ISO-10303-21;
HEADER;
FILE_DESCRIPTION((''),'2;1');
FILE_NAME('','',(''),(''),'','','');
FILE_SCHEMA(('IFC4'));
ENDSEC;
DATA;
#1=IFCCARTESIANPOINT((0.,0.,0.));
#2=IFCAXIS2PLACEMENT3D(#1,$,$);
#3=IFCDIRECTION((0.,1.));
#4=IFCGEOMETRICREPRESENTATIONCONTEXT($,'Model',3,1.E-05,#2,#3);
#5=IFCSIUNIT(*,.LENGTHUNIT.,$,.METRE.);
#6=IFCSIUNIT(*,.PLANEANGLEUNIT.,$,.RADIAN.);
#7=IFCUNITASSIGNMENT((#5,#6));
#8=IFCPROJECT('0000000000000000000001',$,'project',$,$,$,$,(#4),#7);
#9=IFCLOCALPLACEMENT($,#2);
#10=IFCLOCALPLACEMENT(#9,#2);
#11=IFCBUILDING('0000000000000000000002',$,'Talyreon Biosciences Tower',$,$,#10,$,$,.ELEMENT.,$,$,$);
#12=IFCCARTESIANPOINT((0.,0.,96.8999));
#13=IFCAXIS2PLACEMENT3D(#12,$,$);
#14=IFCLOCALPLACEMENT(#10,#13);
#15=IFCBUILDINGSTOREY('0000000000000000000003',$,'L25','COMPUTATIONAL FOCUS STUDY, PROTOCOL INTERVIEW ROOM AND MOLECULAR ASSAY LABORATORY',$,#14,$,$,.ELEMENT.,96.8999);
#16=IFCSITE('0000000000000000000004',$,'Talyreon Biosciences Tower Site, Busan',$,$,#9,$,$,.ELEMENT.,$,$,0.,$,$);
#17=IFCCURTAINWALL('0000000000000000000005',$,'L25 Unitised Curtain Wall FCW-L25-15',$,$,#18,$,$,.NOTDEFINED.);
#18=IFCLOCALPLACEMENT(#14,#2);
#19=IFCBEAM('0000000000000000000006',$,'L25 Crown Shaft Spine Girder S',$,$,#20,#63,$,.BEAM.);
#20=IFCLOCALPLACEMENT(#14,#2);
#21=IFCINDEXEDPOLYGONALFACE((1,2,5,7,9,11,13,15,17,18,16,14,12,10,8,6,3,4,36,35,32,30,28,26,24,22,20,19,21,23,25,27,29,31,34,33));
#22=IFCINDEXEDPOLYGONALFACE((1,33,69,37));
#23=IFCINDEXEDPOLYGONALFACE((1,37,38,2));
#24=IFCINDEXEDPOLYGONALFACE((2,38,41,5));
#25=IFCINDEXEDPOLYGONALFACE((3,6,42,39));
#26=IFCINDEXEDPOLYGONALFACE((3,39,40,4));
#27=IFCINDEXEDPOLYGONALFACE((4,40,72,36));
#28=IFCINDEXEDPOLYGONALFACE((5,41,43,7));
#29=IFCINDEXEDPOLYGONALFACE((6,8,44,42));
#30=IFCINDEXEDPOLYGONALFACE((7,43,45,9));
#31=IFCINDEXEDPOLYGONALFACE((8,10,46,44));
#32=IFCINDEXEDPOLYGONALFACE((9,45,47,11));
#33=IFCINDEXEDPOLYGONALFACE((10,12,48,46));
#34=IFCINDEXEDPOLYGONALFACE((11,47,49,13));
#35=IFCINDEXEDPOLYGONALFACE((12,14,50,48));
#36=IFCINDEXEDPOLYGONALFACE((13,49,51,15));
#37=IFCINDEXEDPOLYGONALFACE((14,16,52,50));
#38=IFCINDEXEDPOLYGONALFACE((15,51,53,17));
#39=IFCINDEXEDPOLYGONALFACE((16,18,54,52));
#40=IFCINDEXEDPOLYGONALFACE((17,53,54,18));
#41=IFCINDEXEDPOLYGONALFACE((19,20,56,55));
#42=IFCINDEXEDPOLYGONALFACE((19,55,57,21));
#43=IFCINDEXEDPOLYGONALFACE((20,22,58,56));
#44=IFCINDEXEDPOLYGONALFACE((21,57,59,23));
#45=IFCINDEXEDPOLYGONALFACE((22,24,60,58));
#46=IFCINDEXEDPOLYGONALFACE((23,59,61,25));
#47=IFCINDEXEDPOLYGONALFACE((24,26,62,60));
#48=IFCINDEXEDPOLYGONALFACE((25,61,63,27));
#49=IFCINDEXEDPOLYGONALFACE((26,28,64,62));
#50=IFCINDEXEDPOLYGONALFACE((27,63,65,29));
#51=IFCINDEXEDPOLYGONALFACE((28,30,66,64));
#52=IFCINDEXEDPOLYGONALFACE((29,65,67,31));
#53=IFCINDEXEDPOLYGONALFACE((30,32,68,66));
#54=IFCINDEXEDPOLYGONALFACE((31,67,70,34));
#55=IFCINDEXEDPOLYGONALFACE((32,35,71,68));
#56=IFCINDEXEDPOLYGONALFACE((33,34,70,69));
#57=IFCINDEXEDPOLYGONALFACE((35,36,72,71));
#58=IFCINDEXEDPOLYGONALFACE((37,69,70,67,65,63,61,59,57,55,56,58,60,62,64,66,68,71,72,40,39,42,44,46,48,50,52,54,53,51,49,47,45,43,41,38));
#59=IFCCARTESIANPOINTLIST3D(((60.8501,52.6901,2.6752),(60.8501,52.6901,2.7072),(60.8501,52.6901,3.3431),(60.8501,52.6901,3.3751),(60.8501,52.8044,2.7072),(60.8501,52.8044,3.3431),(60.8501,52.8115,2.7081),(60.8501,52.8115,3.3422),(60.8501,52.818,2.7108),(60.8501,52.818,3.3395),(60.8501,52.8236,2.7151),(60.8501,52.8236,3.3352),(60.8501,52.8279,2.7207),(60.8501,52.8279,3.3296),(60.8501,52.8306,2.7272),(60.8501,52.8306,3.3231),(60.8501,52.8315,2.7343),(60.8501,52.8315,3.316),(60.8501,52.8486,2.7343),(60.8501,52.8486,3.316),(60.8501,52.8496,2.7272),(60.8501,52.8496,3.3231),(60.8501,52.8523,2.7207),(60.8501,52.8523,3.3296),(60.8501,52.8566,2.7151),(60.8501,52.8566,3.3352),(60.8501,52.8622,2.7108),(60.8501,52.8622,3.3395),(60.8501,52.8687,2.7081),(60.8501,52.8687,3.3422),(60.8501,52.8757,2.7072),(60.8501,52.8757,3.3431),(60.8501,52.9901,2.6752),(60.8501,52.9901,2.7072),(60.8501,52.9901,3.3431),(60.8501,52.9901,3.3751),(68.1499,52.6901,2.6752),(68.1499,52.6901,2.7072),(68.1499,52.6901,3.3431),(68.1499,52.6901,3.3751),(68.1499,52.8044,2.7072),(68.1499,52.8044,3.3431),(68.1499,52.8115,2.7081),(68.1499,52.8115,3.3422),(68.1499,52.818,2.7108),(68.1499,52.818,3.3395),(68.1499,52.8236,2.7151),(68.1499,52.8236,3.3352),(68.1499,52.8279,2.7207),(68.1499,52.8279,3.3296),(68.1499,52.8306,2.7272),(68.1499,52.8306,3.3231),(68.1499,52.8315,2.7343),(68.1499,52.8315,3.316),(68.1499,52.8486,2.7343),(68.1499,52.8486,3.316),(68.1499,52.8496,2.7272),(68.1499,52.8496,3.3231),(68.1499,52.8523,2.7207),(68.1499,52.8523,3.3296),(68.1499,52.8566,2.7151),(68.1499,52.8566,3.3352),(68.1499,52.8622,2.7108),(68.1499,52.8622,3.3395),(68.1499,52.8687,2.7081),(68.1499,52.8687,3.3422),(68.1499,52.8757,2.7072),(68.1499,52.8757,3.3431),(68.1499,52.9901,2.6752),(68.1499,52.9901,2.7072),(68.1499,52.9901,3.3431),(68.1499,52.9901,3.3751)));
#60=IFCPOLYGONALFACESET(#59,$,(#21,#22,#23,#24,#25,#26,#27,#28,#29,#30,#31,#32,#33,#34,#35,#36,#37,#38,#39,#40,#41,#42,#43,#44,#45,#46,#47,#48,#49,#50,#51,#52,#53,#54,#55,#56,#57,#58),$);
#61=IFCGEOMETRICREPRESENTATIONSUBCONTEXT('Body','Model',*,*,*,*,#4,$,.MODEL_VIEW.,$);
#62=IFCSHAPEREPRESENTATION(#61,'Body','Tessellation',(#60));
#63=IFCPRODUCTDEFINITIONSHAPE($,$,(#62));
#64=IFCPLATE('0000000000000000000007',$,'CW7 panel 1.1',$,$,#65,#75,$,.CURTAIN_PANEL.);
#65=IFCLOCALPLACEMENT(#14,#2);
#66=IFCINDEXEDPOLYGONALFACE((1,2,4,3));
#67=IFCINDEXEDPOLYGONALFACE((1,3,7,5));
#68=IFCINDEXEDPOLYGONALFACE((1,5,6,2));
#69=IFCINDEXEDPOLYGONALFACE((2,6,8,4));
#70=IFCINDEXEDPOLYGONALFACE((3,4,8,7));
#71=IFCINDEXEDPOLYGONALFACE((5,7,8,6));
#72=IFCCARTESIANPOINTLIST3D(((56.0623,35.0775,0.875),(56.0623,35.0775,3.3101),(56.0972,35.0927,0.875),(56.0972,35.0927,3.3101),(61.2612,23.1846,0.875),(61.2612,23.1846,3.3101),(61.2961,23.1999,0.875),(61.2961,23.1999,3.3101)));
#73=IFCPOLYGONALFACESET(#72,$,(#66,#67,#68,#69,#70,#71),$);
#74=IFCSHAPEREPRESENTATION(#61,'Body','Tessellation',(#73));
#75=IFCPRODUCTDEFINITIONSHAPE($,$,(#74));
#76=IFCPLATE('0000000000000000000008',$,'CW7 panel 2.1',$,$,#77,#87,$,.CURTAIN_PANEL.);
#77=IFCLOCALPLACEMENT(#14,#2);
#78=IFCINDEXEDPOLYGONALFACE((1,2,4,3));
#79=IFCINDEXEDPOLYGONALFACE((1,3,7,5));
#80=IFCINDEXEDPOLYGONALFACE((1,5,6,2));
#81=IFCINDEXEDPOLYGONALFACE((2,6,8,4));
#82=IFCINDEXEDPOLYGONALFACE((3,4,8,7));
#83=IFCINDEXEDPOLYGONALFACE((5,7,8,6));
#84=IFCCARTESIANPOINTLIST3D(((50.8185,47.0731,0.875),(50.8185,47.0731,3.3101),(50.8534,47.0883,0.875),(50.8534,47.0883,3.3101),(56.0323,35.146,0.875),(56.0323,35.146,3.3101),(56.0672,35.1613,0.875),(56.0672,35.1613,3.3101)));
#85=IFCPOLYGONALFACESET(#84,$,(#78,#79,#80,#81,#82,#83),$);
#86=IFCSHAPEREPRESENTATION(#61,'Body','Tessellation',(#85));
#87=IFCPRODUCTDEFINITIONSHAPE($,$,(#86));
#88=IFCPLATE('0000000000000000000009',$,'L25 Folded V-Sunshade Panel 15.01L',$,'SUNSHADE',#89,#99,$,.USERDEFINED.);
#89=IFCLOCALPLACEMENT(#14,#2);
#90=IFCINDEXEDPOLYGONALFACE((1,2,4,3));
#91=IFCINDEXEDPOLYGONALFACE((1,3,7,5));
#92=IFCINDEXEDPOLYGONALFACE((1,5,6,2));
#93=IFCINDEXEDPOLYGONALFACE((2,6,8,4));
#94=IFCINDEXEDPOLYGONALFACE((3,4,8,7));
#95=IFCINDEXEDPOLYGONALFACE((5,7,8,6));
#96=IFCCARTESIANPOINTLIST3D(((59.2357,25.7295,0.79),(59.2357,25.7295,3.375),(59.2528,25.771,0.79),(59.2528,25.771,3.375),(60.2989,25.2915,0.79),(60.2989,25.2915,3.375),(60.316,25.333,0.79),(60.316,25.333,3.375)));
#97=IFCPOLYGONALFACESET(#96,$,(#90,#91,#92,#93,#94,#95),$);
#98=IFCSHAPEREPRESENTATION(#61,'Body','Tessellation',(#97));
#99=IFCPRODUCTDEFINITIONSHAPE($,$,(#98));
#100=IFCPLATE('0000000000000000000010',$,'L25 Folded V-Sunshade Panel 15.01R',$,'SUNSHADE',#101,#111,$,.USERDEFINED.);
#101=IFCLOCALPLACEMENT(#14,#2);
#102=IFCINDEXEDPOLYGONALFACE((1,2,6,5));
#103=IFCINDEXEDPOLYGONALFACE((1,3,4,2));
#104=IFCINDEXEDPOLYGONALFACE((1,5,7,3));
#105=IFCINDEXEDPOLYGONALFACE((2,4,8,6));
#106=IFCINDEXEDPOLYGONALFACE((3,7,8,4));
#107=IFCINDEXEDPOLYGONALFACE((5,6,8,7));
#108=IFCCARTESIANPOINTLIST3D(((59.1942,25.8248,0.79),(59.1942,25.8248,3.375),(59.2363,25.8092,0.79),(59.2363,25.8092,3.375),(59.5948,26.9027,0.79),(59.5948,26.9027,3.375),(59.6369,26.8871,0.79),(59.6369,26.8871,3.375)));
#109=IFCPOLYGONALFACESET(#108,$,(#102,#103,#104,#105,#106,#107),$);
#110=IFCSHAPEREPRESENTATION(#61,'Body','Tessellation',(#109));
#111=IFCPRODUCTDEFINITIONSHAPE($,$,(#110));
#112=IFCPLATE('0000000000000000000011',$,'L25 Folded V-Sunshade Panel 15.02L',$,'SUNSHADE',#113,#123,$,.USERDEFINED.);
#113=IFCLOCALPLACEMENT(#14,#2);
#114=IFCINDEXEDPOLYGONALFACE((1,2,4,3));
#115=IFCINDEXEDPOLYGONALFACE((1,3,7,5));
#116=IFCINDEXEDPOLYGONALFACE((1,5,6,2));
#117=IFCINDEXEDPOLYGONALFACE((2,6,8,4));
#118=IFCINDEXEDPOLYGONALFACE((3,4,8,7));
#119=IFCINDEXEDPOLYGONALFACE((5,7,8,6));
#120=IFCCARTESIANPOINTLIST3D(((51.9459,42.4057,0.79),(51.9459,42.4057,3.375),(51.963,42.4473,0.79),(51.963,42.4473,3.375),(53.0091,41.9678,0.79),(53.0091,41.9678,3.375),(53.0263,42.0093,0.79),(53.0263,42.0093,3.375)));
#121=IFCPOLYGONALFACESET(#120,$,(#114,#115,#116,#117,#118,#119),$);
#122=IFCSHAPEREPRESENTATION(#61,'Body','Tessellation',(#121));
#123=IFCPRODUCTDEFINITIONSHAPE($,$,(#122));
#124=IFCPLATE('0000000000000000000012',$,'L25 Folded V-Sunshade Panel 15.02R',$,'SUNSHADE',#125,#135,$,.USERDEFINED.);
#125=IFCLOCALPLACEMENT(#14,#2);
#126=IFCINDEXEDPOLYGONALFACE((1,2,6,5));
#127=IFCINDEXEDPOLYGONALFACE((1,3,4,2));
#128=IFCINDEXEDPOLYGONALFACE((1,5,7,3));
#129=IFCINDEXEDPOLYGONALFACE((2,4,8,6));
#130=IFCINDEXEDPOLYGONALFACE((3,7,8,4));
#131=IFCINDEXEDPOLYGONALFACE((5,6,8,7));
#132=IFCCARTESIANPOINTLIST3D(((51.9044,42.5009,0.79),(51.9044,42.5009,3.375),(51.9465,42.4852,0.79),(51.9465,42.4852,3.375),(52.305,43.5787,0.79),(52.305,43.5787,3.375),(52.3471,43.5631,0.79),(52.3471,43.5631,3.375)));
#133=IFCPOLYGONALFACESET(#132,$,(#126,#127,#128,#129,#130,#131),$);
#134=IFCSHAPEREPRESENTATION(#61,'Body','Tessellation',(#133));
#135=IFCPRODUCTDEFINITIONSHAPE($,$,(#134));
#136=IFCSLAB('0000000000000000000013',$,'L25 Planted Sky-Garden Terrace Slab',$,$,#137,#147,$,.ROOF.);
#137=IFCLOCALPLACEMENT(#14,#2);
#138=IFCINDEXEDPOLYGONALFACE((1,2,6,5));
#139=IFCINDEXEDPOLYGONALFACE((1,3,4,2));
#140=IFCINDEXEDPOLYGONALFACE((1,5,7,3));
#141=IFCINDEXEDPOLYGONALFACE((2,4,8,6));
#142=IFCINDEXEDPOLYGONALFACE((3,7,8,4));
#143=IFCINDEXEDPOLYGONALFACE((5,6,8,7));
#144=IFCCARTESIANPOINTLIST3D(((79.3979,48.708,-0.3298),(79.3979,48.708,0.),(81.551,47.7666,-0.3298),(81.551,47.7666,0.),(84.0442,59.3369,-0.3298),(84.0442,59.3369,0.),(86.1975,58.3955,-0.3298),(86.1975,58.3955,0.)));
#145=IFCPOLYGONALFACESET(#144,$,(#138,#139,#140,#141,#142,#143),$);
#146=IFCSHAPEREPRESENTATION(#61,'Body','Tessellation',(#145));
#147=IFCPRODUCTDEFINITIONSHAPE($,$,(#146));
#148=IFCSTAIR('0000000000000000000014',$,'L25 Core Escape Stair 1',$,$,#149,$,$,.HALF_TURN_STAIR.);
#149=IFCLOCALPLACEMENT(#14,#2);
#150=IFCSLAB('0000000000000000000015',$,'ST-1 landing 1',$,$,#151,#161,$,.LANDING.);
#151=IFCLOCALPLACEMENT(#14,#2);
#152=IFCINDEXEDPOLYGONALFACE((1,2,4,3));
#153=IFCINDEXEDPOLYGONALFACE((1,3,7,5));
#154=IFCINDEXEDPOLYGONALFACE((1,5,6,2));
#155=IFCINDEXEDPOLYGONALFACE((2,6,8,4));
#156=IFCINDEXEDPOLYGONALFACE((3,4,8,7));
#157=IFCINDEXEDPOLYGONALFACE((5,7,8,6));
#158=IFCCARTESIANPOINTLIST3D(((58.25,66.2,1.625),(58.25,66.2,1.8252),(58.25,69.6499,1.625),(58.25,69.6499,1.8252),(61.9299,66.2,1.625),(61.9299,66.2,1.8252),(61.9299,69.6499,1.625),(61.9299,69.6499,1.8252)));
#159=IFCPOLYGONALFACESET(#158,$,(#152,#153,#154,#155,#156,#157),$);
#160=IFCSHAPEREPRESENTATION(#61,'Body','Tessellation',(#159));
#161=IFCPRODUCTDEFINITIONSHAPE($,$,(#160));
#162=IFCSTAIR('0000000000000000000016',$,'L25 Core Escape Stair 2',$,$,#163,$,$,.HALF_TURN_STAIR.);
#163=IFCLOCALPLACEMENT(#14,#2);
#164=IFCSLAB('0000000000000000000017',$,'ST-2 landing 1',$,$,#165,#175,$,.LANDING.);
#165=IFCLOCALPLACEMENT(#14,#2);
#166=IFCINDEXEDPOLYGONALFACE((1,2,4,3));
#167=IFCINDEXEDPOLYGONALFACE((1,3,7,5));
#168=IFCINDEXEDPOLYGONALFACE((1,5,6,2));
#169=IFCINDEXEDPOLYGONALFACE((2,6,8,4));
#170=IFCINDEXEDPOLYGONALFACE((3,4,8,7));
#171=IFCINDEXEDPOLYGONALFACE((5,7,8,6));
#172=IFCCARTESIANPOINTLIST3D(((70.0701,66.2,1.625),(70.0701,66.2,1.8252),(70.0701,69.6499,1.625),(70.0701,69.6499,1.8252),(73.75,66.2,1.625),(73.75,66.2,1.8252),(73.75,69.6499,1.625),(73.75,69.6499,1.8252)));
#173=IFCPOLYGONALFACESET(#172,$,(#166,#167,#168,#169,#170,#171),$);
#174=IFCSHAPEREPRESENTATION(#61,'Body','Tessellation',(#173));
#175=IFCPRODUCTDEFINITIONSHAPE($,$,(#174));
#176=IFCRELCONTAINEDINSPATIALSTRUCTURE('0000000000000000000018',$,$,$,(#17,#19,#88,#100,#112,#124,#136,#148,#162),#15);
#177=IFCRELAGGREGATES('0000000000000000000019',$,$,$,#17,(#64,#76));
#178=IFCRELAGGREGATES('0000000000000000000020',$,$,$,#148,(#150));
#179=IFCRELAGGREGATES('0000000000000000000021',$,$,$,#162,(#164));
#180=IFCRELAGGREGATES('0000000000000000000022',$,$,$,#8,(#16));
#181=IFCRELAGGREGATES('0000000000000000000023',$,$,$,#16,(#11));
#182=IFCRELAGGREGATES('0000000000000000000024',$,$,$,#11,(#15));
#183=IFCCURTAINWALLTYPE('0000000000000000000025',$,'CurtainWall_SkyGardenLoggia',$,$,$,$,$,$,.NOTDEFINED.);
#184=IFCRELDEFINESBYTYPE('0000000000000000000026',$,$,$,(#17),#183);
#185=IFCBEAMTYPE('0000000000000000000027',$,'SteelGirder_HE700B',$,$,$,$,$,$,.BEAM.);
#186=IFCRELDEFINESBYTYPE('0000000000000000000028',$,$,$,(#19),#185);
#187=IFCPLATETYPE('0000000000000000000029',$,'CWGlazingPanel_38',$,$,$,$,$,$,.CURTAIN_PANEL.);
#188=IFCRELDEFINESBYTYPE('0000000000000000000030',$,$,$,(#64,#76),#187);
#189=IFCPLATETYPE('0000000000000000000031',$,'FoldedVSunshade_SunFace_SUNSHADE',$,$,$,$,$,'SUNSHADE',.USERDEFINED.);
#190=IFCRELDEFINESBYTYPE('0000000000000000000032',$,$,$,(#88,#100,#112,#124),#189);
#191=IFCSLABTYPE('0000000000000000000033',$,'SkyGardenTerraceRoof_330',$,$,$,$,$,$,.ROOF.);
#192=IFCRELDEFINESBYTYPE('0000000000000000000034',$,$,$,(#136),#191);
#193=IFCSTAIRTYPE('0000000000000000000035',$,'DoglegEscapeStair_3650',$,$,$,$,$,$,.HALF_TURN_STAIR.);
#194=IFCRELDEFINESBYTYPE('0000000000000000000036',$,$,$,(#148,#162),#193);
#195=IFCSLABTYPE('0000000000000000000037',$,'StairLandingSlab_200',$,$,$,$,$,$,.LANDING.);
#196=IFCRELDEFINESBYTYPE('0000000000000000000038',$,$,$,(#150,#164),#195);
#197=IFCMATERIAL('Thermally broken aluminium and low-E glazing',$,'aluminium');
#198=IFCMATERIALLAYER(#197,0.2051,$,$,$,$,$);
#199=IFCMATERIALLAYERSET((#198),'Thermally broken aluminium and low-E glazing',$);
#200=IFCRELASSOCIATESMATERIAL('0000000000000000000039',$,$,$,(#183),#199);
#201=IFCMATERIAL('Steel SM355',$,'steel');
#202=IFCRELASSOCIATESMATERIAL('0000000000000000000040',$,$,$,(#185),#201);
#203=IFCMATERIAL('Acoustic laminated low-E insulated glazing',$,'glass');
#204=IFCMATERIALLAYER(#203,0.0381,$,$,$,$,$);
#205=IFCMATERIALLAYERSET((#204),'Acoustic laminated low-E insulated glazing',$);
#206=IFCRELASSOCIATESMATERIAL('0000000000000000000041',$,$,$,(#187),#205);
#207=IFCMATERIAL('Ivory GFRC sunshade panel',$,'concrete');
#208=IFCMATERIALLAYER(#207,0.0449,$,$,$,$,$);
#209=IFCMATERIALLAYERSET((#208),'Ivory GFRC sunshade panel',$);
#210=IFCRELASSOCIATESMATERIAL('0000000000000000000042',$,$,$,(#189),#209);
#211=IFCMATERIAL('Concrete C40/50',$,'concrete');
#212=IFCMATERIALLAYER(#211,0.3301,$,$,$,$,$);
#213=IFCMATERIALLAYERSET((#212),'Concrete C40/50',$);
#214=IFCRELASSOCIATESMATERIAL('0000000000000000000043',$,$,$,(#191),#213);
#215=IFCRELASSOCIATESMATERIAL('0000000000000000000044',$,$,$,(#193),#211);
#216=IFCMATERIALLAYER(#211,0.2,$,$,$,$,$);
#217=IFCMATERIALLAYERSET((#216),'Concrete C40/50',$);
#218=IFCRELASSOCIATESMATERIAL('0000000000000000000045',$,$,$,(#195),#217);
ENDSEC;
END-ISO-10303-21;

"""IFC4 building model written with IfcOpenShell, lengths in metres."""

from ifc_helpers import new_model, si_unit, direction, frame, origin, origin_2d, place, context, subcontext, project, spatial, polyline, rectangle, i_section, outline, extrude, material, layer, layer_set, material_profile, profile_set, type_object, element, aggregate, save


model = new_model("IFC4")

# Units and contexts
model_context = context("Model", 3, precision=1e-05, world=origin(), true_north=direction((0.0, 1.0)))
body_context = subcontext(model_context, "Body", "Model", "MODEL_VIEW")
ifc_project = project(units=[si_unit("LENGTHUNIT", "METRE"), si_unit("PLANEANGLEUNIT", "RADIAN")], contexts=[model_context])

# Site, building, storey
site_placement = place(None, origin())
site = spatial("IfcSite", under=ifc_project, at=site_placement, Name="Talyreon Biosciences Tower Site, Busan", CompositionType="ELEMENT", RefElevation=0.0)
building_placement = place(site_placement, origin())
building = spatial("IfcBuilding", under=site, at=building_placement, Name="Talyreon Biosciences Tower", CompositionType="ELEMENT")
storey_placement = place(building_placement, frame((0.0, 0.0, 96.8999)))
storey = spatial("IfcBuildingStorey", under=building, at=storey_placement, Name="L25", Description="COMPUTATIONAL FOCUS STUDY, PROTOCOL INTERVIEW ROOM AND MOLECULAR ASSAY LABORATORY", CompositionType="ELEMENT", Elevation=96.8999)

# Curtain wall
ifc_material_1 = material(Name="Thermally broken aluminium and low-E glazing", Category="aluminium")
ifc_layer_1 = layer(ifc_material_1, 0.2051)
ifc_layer_set_1 = layer_set([ifc_layer_1], Name="Thermally broken aluminium and low-E glazing")
curtain_wall_type = type_object("IfcCurtainWallType", Name="CurtainWall_SkyGardenLoggia", PredefinedType="NOTDEFINED", material=ifc_layer_set_1)
curtain_wall_placement = place(storey_placement, origin())
curtain_wall = element("IfcCurtainWall", 1, at=curtain_wall_placement, inside=storey, type_object=curtain_wall_type, Name="L25 Unitised Curtain Wall FCW-L25-15", PredefinedType="NOTDEFINED")

# Beam
ifc_material_2 = material(Name="Steel SM355", Category="steel")
ifc_material_profile_1 = material_profile(ifc_material_2, i_section(OverallWidth=0.3, OverallDepth=0.7, WebThickness=0.0171, FlangeThickness=0.032, FilletRadius=0.0271, at=origin_2d()), Name="HE700B")
ifc_profile_set_1 = profile_set([ifc_material_profile_1], Name="Steel SM355")
beam_type_1 = type_object("IfcBeamType", Name="SteelGirder_HE700B", PredefinedType="BEAM", material=ifc_profile_set_1)
beam_1_placement = place(storey_placement, frame((60.8501, 52.8401, 3.0251), z_axis=(1.0, 0.0, 0.0), x_axis=(0.0, 1.0, 0.0)))
element("IfcBeam", 2, at=beam_1_placement, inside=storey, type_object=beam_type_1, Name="L25 Crown Shaft Spine Girder S", PredefinedType="BEAM", context=body_context, shape_type="SweptSolid", body=[
    extrude(i_section(OverallWidth=0.3, OverallDepth=0.7, WebThickness=0.0171, FlangeThickness=0.032, FilletRadius=0.0271, at=origin_2d()), origin(), (0.0, 0.0, 1.0), 7.2998),
])

# Plates
ifc_material_3 = material(Name="Acoustic laminated low-E insulated glazing", Category="glass")
ifc_layer_2 = layer(ifc_material_3, 0.0381)
ifc_layer_set_2 = layer_set([ifc_layer_2], Name="Acoustic laminated low-E insulated glazing")
plate_type_1 = type_object("IfcPlateType", Name="CWGlazingPanel_38", PredefinedType="CURTAIN_PANEL", material=ifc_layer_set_2)
plate_1_placement = place(storey_placement, frame((58.6792, 29.1387, 0.875), z_axis=(0.0, 0.0, 1.0), x_axis=(-0.400542, 0.916278, 0.0)))
plate_1 = element("IfcPlate", 3, at=plate_1_placement, type_object=plate_type_1, Name="CW7 panel 1.1", PredefinedType="CURTAIN_PANEL", context=body_context, shape_type="SweptSolid", body=[
    extrude(rectangle(XDim=12.9795, YDim=0.0381, at=origin_2d()), origin(), (0.0, 0.0, 1.0), 2.4351),
])
plate_2_placement = place(storey_placement, frame((53.4429, 41.1172, 0.875), z_axis=(0.0, 0.0, 1.0), x_axis=(-0.400542, 0.916278, 0.0)))
plate_2 = element("IfcPlate", 4, at=plate_2_placement, type_object=plate_type_1, Name="CW7 panel 2.1", PredefinedType="CURTAIN_PANEL", context=body_context, shape_type="SweptSolid", body=[
    extrude(rectangle(XDim=13.0168, YDim=0.0381, at=origin_2d()), origin(), (0.0, 0.0, 1.0), 2.4351),
])
aggregate(curtain_wall, [plate_1, plate_2])

# Plates
ifc_material_4 = material(Name="Ivory GFRC sunshade panel", Category="concrete")
ifc_layer_3 = layer(ifc_material_4, 0.0449)
ifc_layer_set_3 = layer_set([ifc_layer_3], Name="Ivory GFRC sunshade panel")
plate_type_2 = type_object("IfcPlateType", Name="FoldedVSunshade_SunFace_SUNSHADE", ElementType="SUNSHADE", PredefinedType="USERDEFINED", material=ifc_layer_set_3)
for number, where, z_axis, x_axis, name in (
    (5, (59.7759, 25.5312, 0.79), (0.0, 0.0, 1.0), (-0.924626, 0.380877, 0.0), "L25 Folded V-Sunshade Panel 15.01L"),
    (6, (59.4155, 26.356, 0.79), (0.0, 0.0, 1.0), (0.348376, 0.937355, 0.0), "L25 Folded V-Sunshade Panel 15.01R"),
    (7, (52.4861, 42.2075, 0.79), (0.0, 0.0, 1.0), (-0.924626, 0.380877, 0.0), "L25 Folded V-Sunshade Panel 15.02L"),
    (8, (52.1257, 43.032, 0.79), (0.0, 0.0, 1.0), (0.348376, 0.937355, 0.0), "L25 Folded V-Sunshade Panel 15.02R"),
):
    element("IfcPlate", number, at=place(storey_placement, frame(where, z_axis=z_axis, x_axis=x_axis)), inside=storey, type_object=plate_type_2, Name=name, ObjectType="SUNSHADE", PredefinedType="USERDEFINED", context=body_context, shape_type="SweptSolid", body=[
        extrude(rectangle(XDim=1.1499, YDim=0.0449, at=origin_2d()), origin(), (0.0, 0.0, 1.0), 2.585),
    ])

# Slab
ifc_material_5 = material(Name="Concrete C40/50", Category="concrete")
ifc_layer_4 = layer(ifc_material_5, 0.3301)
ifc_layer_set_4 = layer_set([ifc_layer_4], Name="Concrete C40/50")
slab_type_1 = type_object("IfcSlabType", Name="SkyGardenTerraceRoof_330", PredefinedType="ROOF", material=ifc_layer_set_4)
slab_1_placement = place(storey_placement, frame((0.0, 0.0, -0.3298)))
element("IfcSlab", 9, at=slab_1_placement, inside=storey, type_object=slab_type_1, Name="L25 Planted Sky-Garden Terrace Slab", PredefinedType="ROOF", context=body_context, shape_type="SweptSolid", body=[
    extrude(outline(polyline([(81.551, 47.7666), (79.3979, 48.708), (84.0442, 59.3369), (86.1975, 58.3955), (81.551, 47.7666)])), origin(), (0.0, 0.0, 1.0), 0.3298),
])

# Stairs, slabs
stair_type = type_object("IfcStairType", Name="DoglegEscapeStair_3650", PredefinedType="HALF_TURN_STAIR", material=ifc_material_5)
stair_1_placement = place(storey_placement, origin())
stair_1 = element("IfcStair", 10, at=stair_1_placement, inside=storey, type_object=stair_type, Name="L25 Core Escape Stair 1", PredefinedType="HALF_TURN_STAIR")
ifc_layer_5 = layer(ifc_material_5, 0.2)
ifc_layer_set_5 = layer_set([ifc_layer_5], Name="Concrete C40/50")
slab_type_2 = type_object("IfcSlabType", Name="StairLandingSlab_200", PredefinedType="LANDING", material=ifc_layer_set_5)
slab_2_placement = place(storey_placement, frame((0.0, 0.0, 1.625)))
slab_2 = element("IfcSlab", 11, at=slab_2_placement, type_object=slab_type_2, Name="ST-1 landing 1", PredefinedType="LANDING", context=body_context, shape_type="SweptSolid", body=[
    extrude(outline(polyline([(61.9299, 66.2), (61.9299, 69.6499), (58.25, 69.6499), (58.25, 66.2), (61.9299, 66.2)])), origin(), (0.0, 0.0, 1.0), 0.2002),
])
aggregate(stair_1, [slab_2])
stair_2_placement = place(storey_placement, origin())
stair_2 = element("IfcStair", 12, at=stair_2_placement, inside=storey, type_object=stair_type, Name="L25 Core Escape Stair 2", PredefinedType="HALF_TURN_STAIR")
slab_3_placement = place(storey_placement, frame((0.0, 0.0, 1.625)))
slab_3 = element("IfcSlab", 13, at=slab_3_placement, type_object=slab_type_2, Name="ST-2 landing 1", PredefinedType="LANDING", context=body_context, shape_type="SweptSolid", body=[
    extrude(outline(polyline([(73.75, 66.2), (73.75, 69.6499), (70.0701, 69.6499), (70.0701, 66.2), (73.75, 66.2)])), origin(), (0.0, 0.0, 1.0), 0.2002),
])
aggregate(stair_2, [slab_3])

save(model, "model.ifc")
